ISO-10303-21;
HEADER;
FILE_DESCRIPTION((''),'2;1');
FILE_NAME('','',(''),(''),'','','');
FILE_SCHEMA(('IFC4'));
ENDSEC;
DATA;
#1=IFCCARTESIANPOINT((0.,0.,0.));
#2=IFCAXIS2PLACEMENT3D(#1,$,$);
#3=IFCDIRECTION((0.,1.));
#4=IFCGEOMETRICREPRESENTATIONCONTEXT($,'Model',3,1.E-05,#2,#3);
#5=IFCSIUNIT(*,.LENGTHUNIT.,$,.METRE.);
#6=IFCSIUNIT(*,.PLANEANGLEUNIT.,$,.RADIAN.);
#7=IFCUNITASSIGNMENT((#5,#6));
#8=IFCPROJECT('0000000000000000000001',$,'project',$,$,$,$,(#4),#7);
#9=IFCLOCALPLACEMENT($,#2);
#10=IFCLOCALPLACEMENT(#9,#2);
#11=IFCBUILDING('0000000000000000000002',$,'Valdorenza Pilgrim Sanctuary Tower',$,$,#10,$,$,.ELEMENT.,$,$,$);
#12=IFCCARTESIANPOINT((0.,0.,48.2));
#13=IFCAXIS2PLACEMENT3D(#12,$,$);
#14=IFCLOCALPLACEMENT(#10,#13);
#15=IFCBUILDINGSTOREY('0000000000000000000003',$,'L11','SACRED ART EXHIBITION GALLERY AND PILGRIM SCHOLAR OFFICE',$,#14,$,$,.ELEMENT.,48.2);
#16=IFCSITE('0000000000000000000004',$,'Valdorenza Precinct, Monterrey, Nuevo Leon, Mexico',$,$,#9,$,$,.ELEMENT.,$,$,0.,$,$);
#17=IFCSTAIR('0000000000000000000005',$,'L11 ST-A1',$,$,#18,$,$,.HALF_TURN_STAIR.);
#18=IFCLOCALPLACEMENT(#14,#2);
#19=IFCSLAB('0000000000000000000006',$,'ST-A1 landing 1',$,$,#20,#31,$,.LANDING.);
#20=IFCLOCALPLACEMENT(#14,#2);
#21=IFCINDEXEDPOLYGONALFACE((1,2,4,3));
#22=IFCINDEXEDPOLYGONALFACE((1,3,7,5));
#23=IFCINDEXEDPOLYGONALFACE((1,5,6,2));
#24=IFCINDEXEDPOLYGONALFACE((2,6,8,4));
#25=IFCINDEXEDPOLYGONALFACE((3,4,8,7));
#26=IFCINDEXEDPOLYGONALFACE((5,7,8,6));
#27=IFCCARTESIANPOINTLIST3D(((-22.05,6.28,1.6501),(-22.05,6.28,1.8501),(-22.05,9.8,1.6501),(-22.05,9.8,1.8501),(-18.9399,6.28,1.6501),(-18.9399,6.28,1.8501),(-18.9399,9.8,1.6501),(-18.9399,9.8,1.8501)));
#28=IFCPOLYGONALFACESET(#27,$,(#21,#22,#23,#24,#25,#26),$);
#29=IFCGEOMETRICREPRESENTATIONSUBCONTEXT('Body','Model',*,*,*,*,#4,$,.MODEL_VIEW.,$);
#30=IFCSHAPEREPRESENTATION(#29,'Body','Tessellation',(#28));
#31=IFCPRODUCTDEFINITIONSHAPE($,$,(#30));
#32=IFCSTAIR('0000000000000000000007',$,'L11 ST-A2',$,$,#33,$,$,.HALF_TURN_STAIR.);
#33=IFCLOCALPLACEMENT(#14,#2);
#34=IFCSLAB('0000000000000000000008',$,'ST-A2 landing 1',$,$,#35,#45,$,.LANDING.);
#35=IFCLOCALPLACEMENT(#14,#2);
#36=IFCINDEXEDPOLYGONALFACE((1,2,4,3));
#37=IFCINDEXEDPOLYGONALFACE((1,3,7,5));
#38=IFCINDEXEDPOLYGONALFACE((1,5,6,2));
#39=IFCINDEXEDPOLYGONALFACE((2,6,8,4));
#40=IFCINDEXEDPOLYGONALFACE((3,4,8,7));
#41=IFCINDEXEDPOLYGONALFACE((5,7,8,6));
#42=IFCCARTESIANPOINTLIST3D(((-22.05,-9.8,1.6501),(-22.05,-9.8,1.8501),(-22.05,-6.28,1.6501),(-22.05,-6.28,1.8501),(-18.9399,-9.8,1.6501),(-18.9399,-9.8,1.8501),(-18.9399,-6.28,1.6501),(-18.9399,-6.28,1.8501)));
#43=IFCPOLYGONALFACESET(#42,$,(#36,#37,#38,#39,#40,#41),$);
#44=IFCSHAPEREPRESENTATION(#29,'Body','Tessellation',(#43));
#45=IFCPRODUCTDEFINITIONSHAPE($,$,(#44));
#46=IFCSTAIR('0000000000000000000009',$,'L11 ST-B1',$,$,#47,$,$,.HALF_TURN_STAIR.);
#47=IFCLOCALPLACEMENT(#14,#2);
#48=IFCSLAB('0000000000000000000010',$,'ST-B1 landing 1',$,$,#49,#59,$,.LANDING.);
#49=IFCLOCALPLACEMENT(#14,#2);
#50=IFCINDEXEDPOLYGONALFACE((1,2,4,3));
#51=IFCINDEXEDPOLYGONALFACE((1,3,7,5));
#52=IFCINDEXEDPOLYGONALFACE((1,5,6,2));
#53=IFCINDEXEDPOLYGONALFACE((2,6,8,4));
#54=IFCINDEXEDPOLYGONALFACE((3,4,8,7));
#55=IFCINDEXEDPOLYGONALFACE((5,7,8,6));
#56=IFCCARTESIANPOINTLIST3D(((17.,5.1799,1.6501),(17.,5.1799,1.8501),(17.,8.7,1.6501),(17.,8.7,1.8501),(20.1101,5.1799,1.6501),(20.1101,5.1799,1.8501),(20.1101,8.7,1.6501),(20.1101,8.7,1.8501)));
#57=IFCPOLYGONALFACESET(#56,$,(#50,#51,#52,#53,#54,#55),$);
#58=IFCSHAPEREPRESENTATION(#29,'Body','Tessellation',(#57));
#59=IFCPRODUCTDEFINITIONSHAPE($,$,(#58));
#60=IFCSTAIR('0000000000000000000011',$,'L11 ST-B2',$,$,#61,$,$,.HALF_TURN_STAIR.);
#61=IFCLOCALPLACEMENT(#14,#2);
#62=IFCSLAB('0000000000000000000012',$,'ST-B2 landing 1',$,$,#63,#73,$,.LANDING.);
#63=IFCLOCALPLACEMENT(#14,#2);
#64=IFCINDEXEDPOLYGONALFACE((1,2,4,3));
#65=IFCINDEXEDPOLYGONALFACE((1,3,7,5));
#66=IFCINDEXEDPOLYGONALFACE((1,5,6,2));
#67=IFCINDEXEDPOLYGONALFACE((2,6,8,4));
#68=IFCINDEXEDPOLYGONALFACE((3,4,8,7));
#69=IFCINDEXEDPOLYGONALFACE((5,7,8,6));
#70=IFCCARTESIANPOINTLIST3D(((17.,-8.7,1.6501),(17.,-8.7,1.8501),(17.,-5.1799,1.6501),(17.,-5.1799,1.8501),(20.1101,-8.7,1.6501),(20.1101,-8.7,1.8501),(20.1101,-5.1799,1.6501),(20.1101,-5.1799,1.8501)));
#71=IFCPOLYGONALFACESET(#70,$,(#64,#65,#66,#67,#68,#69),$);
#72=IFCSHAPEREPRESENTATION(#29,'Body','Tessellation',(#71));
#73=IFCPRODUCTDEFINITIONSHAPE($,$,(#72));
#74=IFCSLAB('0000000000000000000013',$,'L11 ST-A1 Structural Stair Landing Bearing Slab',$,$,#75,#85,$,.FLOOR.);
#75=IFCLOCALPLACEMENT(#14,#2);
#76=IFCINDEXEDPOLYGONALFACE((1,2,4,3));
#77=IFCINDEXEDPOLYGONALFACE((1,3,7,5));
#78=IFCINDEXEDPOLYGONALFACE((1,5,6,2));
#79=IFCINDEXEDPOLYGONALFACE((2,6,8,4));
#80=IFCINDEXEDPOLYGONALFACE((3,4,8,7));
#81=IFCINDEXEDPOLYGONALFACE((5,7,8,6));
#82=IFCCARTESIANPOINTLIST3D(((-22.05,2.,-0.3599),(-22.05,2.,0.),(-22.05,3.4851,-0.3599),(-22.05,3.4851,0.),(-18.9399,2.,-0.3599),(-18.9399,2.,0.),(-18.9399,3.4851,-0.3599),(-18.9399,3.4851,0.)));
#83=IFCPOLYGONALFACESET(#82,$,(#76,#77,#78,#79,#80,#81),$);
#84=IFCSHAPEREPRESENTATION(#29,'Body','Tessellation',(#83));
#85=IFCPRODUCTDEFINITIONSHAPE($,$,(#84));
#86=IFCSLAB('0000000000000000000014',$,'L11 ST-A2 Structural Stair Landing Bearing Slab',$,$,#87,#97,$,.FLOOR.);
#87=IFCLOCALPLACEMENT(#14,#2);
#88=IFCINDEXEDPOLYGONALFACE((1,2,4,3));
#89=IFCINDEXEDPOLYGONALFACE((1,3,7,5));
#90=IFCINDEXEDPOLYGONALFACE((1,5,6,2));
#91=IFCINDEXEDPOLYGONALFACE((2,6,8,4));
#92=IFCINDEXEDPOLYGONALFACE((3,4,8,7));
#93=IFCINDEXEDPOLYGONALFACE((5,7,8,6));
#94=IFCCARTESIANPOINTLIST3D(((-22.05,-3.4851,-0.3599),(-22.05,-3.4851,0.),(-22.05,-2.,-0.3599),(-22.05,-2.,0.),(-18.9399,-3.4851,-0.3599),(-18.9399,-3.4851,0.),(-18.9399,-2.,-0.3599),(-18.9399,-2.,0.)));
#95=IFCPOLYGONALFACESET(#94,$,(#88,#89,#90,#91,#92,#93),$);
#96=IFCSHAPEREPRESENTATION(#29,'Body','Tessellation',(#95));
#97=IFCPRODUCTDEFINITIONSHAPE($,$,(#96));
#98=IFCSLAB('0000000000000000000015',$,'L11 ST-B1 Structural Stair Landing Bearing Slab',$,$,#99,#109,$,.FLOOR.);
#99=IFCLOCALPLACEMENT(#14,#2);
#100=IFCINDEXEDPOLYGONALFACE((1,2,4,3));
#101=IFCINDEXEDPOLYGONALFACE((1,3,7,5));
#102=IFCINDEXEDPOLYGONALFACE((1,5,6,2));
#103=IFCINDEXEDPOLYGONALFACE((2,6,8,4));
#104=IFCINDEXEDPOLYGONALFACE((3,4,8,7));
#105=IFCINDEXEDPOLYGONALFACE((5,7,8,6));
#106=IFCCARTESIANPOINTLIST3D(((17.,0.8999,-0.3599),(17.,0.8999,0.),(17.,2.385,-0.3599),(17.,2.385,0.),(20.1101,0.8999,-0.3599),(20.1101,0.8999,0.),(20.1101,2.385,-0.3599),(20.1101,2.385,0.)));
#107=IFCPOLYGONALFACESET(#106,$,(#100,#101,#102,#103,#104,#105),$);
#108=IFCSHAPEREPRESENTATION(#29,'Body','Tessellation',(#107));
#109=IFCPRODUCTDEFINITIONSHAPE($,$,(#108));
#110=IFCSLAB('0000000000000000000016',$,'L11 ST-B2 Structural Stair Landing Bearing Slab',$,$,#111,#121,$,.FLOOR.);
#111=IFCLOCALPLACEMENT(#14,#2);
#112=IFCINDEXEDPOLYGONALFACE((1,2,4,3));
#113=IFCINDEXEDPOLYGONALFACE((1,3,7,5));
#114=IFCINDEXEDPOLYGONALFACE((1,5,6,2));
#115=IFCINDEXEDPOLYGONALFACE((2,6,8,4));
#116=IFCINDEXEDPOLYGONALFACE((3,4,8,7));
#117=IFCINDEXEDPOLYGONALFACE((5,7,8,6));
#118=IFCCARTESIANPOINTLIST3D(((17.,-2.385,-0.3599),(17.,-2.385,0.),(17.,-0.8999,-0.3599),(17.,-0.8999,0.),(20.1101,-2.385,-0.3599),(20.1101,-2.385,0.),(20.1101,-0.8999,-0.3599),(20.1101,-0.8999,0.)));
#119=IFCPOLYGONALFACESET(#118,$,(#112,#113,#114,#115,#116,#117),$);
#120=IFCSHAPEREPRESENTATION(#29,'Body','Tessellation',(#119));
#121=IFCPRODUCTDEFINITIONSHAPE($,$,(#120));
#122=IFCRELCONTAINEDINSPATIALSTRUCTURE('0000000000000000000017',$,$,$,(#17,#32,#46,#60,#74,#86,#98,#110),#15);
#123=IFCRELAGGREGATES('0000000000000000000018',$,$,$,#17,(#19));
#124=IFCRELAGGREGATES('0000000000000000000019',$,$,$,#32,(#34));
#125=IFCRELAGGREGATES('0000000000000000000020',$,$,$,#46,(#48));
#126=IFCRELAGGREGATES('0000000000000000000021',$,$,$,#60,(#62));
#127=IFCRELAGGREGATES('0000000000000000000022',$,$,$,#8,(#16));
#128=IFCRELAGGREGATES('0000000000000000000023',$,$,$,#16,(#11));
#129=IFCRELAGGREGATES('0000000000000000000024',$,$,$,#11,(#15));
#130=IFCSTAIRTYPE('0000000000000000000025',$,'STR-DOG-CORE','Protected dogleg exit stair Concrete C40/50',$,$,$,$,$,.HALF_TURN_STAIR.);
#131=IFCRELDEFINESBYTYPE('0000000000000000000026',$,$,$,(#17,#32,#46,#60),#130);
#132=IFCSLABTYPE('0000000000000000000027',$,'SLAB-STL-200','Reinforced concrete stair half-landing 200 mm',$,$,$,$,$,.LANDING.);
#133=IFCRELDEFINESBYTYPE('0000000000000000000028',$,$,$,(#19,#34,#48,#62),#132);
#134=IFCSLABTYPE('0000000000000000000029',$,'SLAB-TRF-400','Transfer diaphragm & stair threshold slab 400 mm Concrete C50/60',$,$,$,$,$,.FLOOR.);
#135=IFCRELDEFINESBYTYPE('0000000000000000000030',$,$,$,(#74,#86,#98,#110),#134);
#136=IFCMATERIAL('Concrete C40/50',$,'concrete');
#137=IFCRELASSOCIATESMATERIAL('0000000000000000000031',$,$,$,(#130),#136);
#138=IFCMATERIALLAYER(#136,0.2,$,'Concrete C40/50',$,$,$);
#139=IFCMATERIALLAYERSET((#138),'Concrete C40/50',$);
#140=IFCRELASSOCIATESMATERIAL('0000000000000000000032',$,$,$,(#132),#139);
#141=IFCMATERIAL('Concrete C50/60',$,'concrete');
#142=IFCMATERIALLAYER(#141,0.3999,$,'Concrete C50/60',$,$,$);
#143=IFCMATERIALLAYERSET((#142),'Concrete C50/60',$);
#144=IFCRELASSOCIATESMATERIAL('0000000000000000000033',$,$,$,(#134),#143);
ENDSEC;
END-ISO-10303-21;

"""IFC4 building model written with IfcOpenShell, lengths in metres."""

from ifc_helpers import new_model, si_unit, direction, frame, origin, place, context, subcontext, project, spatial, polyline, outline, extrude, material, layer, layer_set, type_object, element, aggregate, save


model = new_model("IFC4")

# Units and contexts
model_context = context("Model", 3, precision=1e-05, world=origin(), true_north=direction((0.0, 1.0)))
body_context = subcontext(model_context, "Body", "Model", "MODEL_VIEW")
ifc_project = project(units=[si_unit("LENGTHUNIT", "METRE"), si_unit("PLANEANGLEUNIT", "RADIAN")], contexts=[model_context])

# Site, building, storey
site_placement = place(None, origin())
site = spatial("IfcSite", under=ifc_project, at=site_placement, Name="Valdorenza Precinct, Monterrey, Nuevo Leon, Mexico", CompositionType="ELEMENT", RefElevation=0.0)
building_placement = place(site_placement, origin())
building = spatial("IfcBuilding", under=site, at=building_placement, Name="Valdorenza Pilgrim Sanctuary Tower", CompositionType="ELEMENT")
storey_placement = place(building_placement, frame((0.0, 0.0, 48.2)))
storey = spatial("IfcBuildingStorey", under=building, at=storey_placement, Name="L11", Description="SACRED ART EXHIBITION GALLERY AND PILGRIM SCHOLAR OFFICE", CompositionType="ELEMENT", Elevation=48.2)

# Shared definitions
ifc_material_1 = material(Name="Concrete C40/50", Category="concrete")

# Stairs, slabs
stair_type = type_object("IfcStairType", Name="STR-DOG-CORE", Description="Protected dogleg exit stair Concrete C40/50", PredefinedType="HALF_TURN_STAIR", material=ifc_material_1)
stair_1_placement = place(storey_placement, origin())
stair_1 = element("IfcStair", 1, at=stair_1_placement, inside=storey, type_object=stair_type, Name="L11 ST-A1", PredefinedType="HALF_TURN_STAIR")
ifc_layer_1 = layer(ifc_material_1, 0.2, Name="Concrete C40/50")
ifc_layer_set_1 = layer_set([ifc_layer_1], Name="Concrete C40/50")
slab_type_1 = type_object("IfcSlabType", Name="SLAB-STL-200", Description="Reinforced concrete stair half-landing 200 mm", PredefinedType="LANDING", material=ifc_layer_set_1)
slab_1_placement = place(storey_placement, frame((0.0, 0.0, 1.6501)))
slab_1 = element("IfcSlab", 2, at=slab_1_placement, type_object=slab_type_1, Name="ST-A1 landing 1", PredefinedType="LANDING", context=body_context, shape_type="SweptSolid", body=[
    extrude(outline(polyline([(-18.9399, 6.28), (-18.9399, 9.8), (-22.05, 9.8), (-22.05, 6.28), (-18.9399, 6.28)])), origin(), (0.0, 0.0, 1.0), 0.2),
])
aggregate(stair_1, [slab_1])
stair_2_placement = place(storey_placement, origin())
stair_2 = element("IfcStair", 3, at=stair_2_placement, inside=storey, type_object=stair_type, Name="L11 ST-A2", PredefinedType="HALF_TURN_STAIR")
slab_2_placement = place(storey_placement, frame((0.0, 0.0, 1.6501)))
slab_2 = element("IfcSlab", 4, at=slab_2_placement, type_object=slab_type_1, Name="ST-A2 landing 1", PredefinedType="LANDING", context=body_context, shape_type="SweptSolid", body=[
    extrude(outline(polyline([(-22.05, -6.28), (-22.05, -9.8), (-18.9399, -9.8), (-18.9399, -6.28), (-22.05, -6.28)])), origin(), (0.0, 0.0, 1.0), 0.2),
])
aggregate(stair_2, [slab_2])
stair_3_placement = place(storey_placement, origin())
stair_3 = element("IfcStair", 5, at=stair_3_placement, inside=storey, type_object=stair_type, Name="L11 ST-B1", PredefinedType="HALF_TURN_STAIR")
slab_3_placement = place(storey_placement, frame((0.0, 0.0, 1.6501)))
slab_3 = element("IfcSlab", 6, at=slab_3_placement, type_object=slab_type_1, Name="ST-B1 landing 1", PredefinedType="LANDING", context=body_context, shape_type="SweptSolid", body=[
    extrude(outline(polyline([(20.1101, 5.1799), (20.1101, 8.7), (17.0, 8.7), (17.0, 5.1799), (20.1101, 5.1799)])), origin(), (0.0, 0.0, 1.0), 0.2),
])
aggregate(stair_3, [slab_3])
stair_4_placement = place(storey_placement, origin())
stair_4 = element("IfcStair", 7, at=stair_4_placement, inside=storey, type_object=stair_type, Name="L11 ST-B2", PredefinedType="HALF_TURN_STAIR")
slab_4_placement = place(storey_placement, frame((0.0, 0.0, 1.6501)))
slab_4 = element("IfcSlab", 8, at=slab_4_placement, type_object=slab_type_1, Name="ST-B2 landing 1", PredefinedType="LANDING", context=body_context, shape_type="SweptSolid", body=[
    extrude(outline(polyline([(17.0, -5.1799), (17.0, -8.7), (20.1101, -8.7), (20.1101, -5.1799), (17.0, -5.1799)])), origin(), (0.0, 0.0, 1.0), 0.2),
])
aggregate(stair_4, [slab_4])

# Slabs
ifc_material_2 = material(Name="Concrete C50/60", Category="concrete")
ifc_layer_2 = layer(ifc_material_2, 0.3999, Name="Concrete C50/60")
ifc_layer_set_2 = layer_set([ifc_layer_2], Name="Concrete C50/60")
slab_type_2 = type_object("IfcSlabType", Name="SLAB-TRF-400", Description="Transfer diaphragm & stair threshold slab 400 mm Concrete C50/60", PredefinedType="FLOOR", material=ifc_layer_set_2)
slab_5_placement = place(storey_placement, frame((0.0, 0.0, -0.3599)))
element("IfcSlab", 9, at=slab_5_placement, inside=storey, type_object=slab_type_2, Name="L11 ST-A1 Structural Stair Landing Bearing Slab", PredefinedType="FLOOR", context=body_context, shape_type="SweptSolid", body=[
    extrude(outline(polyline([(-22.05, 2.0), (-18.9399, 2.0), (-18.9399, 3.4851), (-22.05, 3.4851), (-22.05, 2.0)])), origin(), (0.0, 0.0, 1.0), 0.3599),
])
slab_6_placement = place(storey_placement, frame((0.0, 0.0, -0.3599)))
element("IfcSlab", 10, at=slab_6_placement, inside=storey, type_object=slab_type_2, Name="L11 ST-A2 Structural Stair Landing Bearing Slab", PredefinedType="FLOOR", context=body_context, shape_type="SweptSolid", body=[
    extrude(outline(polyline([(-22.05, -3.4851), (-18.9399, -3.4851), (-18.9399, -2.0), (-22.05, -2.0), (-22.05, -3.4851)])), origin(), (0.0, 0.0, 1.0), 0.3599),
])
slab_7_placement = place(storey_placement, frame((0.0, 0.0, -0.3599)))
element("IfcSlab", 11, at=slab_7_placement, inside=storey, type_object=slab_type_2, Name="L11 ST-B1 Structural Stair Landing Bearing Slab", PredefinedType="FLOOR", context=body_context, shape_type="SweptSolid", body=[
    extrude(outline(polyline([(17.0, 0.8999), (20.1101, 0.8999), (20.1101, 2.385), (17.0, 2.385), (17.0, 0.8999)])), origin(), (0.0, 0.0, 1.0), 0.3599),
])
slab_8_placement = place(storey_placement, frame((0.0, 0.0, -0.3599)))
element("IfcSlab", 12, at=slab_8_placement, inside=storey, type_object=slab_type_2, Name="L11 ST-B2 Structural Stair Landing Bearing Slab", PredefinedType="FLOOR", context=body_context, shape_type="SweptSolid", body=[
    extrude(outline(polyline([(17.0, -2.385), (20.1101, -2.385), (20.1101, -0.8999), (17.0, -0.8999), (17.0, -2.385)])), origin(), (0.0, 0.0, 1.0), 0.3599),
])

save(model, "model.ifc")
